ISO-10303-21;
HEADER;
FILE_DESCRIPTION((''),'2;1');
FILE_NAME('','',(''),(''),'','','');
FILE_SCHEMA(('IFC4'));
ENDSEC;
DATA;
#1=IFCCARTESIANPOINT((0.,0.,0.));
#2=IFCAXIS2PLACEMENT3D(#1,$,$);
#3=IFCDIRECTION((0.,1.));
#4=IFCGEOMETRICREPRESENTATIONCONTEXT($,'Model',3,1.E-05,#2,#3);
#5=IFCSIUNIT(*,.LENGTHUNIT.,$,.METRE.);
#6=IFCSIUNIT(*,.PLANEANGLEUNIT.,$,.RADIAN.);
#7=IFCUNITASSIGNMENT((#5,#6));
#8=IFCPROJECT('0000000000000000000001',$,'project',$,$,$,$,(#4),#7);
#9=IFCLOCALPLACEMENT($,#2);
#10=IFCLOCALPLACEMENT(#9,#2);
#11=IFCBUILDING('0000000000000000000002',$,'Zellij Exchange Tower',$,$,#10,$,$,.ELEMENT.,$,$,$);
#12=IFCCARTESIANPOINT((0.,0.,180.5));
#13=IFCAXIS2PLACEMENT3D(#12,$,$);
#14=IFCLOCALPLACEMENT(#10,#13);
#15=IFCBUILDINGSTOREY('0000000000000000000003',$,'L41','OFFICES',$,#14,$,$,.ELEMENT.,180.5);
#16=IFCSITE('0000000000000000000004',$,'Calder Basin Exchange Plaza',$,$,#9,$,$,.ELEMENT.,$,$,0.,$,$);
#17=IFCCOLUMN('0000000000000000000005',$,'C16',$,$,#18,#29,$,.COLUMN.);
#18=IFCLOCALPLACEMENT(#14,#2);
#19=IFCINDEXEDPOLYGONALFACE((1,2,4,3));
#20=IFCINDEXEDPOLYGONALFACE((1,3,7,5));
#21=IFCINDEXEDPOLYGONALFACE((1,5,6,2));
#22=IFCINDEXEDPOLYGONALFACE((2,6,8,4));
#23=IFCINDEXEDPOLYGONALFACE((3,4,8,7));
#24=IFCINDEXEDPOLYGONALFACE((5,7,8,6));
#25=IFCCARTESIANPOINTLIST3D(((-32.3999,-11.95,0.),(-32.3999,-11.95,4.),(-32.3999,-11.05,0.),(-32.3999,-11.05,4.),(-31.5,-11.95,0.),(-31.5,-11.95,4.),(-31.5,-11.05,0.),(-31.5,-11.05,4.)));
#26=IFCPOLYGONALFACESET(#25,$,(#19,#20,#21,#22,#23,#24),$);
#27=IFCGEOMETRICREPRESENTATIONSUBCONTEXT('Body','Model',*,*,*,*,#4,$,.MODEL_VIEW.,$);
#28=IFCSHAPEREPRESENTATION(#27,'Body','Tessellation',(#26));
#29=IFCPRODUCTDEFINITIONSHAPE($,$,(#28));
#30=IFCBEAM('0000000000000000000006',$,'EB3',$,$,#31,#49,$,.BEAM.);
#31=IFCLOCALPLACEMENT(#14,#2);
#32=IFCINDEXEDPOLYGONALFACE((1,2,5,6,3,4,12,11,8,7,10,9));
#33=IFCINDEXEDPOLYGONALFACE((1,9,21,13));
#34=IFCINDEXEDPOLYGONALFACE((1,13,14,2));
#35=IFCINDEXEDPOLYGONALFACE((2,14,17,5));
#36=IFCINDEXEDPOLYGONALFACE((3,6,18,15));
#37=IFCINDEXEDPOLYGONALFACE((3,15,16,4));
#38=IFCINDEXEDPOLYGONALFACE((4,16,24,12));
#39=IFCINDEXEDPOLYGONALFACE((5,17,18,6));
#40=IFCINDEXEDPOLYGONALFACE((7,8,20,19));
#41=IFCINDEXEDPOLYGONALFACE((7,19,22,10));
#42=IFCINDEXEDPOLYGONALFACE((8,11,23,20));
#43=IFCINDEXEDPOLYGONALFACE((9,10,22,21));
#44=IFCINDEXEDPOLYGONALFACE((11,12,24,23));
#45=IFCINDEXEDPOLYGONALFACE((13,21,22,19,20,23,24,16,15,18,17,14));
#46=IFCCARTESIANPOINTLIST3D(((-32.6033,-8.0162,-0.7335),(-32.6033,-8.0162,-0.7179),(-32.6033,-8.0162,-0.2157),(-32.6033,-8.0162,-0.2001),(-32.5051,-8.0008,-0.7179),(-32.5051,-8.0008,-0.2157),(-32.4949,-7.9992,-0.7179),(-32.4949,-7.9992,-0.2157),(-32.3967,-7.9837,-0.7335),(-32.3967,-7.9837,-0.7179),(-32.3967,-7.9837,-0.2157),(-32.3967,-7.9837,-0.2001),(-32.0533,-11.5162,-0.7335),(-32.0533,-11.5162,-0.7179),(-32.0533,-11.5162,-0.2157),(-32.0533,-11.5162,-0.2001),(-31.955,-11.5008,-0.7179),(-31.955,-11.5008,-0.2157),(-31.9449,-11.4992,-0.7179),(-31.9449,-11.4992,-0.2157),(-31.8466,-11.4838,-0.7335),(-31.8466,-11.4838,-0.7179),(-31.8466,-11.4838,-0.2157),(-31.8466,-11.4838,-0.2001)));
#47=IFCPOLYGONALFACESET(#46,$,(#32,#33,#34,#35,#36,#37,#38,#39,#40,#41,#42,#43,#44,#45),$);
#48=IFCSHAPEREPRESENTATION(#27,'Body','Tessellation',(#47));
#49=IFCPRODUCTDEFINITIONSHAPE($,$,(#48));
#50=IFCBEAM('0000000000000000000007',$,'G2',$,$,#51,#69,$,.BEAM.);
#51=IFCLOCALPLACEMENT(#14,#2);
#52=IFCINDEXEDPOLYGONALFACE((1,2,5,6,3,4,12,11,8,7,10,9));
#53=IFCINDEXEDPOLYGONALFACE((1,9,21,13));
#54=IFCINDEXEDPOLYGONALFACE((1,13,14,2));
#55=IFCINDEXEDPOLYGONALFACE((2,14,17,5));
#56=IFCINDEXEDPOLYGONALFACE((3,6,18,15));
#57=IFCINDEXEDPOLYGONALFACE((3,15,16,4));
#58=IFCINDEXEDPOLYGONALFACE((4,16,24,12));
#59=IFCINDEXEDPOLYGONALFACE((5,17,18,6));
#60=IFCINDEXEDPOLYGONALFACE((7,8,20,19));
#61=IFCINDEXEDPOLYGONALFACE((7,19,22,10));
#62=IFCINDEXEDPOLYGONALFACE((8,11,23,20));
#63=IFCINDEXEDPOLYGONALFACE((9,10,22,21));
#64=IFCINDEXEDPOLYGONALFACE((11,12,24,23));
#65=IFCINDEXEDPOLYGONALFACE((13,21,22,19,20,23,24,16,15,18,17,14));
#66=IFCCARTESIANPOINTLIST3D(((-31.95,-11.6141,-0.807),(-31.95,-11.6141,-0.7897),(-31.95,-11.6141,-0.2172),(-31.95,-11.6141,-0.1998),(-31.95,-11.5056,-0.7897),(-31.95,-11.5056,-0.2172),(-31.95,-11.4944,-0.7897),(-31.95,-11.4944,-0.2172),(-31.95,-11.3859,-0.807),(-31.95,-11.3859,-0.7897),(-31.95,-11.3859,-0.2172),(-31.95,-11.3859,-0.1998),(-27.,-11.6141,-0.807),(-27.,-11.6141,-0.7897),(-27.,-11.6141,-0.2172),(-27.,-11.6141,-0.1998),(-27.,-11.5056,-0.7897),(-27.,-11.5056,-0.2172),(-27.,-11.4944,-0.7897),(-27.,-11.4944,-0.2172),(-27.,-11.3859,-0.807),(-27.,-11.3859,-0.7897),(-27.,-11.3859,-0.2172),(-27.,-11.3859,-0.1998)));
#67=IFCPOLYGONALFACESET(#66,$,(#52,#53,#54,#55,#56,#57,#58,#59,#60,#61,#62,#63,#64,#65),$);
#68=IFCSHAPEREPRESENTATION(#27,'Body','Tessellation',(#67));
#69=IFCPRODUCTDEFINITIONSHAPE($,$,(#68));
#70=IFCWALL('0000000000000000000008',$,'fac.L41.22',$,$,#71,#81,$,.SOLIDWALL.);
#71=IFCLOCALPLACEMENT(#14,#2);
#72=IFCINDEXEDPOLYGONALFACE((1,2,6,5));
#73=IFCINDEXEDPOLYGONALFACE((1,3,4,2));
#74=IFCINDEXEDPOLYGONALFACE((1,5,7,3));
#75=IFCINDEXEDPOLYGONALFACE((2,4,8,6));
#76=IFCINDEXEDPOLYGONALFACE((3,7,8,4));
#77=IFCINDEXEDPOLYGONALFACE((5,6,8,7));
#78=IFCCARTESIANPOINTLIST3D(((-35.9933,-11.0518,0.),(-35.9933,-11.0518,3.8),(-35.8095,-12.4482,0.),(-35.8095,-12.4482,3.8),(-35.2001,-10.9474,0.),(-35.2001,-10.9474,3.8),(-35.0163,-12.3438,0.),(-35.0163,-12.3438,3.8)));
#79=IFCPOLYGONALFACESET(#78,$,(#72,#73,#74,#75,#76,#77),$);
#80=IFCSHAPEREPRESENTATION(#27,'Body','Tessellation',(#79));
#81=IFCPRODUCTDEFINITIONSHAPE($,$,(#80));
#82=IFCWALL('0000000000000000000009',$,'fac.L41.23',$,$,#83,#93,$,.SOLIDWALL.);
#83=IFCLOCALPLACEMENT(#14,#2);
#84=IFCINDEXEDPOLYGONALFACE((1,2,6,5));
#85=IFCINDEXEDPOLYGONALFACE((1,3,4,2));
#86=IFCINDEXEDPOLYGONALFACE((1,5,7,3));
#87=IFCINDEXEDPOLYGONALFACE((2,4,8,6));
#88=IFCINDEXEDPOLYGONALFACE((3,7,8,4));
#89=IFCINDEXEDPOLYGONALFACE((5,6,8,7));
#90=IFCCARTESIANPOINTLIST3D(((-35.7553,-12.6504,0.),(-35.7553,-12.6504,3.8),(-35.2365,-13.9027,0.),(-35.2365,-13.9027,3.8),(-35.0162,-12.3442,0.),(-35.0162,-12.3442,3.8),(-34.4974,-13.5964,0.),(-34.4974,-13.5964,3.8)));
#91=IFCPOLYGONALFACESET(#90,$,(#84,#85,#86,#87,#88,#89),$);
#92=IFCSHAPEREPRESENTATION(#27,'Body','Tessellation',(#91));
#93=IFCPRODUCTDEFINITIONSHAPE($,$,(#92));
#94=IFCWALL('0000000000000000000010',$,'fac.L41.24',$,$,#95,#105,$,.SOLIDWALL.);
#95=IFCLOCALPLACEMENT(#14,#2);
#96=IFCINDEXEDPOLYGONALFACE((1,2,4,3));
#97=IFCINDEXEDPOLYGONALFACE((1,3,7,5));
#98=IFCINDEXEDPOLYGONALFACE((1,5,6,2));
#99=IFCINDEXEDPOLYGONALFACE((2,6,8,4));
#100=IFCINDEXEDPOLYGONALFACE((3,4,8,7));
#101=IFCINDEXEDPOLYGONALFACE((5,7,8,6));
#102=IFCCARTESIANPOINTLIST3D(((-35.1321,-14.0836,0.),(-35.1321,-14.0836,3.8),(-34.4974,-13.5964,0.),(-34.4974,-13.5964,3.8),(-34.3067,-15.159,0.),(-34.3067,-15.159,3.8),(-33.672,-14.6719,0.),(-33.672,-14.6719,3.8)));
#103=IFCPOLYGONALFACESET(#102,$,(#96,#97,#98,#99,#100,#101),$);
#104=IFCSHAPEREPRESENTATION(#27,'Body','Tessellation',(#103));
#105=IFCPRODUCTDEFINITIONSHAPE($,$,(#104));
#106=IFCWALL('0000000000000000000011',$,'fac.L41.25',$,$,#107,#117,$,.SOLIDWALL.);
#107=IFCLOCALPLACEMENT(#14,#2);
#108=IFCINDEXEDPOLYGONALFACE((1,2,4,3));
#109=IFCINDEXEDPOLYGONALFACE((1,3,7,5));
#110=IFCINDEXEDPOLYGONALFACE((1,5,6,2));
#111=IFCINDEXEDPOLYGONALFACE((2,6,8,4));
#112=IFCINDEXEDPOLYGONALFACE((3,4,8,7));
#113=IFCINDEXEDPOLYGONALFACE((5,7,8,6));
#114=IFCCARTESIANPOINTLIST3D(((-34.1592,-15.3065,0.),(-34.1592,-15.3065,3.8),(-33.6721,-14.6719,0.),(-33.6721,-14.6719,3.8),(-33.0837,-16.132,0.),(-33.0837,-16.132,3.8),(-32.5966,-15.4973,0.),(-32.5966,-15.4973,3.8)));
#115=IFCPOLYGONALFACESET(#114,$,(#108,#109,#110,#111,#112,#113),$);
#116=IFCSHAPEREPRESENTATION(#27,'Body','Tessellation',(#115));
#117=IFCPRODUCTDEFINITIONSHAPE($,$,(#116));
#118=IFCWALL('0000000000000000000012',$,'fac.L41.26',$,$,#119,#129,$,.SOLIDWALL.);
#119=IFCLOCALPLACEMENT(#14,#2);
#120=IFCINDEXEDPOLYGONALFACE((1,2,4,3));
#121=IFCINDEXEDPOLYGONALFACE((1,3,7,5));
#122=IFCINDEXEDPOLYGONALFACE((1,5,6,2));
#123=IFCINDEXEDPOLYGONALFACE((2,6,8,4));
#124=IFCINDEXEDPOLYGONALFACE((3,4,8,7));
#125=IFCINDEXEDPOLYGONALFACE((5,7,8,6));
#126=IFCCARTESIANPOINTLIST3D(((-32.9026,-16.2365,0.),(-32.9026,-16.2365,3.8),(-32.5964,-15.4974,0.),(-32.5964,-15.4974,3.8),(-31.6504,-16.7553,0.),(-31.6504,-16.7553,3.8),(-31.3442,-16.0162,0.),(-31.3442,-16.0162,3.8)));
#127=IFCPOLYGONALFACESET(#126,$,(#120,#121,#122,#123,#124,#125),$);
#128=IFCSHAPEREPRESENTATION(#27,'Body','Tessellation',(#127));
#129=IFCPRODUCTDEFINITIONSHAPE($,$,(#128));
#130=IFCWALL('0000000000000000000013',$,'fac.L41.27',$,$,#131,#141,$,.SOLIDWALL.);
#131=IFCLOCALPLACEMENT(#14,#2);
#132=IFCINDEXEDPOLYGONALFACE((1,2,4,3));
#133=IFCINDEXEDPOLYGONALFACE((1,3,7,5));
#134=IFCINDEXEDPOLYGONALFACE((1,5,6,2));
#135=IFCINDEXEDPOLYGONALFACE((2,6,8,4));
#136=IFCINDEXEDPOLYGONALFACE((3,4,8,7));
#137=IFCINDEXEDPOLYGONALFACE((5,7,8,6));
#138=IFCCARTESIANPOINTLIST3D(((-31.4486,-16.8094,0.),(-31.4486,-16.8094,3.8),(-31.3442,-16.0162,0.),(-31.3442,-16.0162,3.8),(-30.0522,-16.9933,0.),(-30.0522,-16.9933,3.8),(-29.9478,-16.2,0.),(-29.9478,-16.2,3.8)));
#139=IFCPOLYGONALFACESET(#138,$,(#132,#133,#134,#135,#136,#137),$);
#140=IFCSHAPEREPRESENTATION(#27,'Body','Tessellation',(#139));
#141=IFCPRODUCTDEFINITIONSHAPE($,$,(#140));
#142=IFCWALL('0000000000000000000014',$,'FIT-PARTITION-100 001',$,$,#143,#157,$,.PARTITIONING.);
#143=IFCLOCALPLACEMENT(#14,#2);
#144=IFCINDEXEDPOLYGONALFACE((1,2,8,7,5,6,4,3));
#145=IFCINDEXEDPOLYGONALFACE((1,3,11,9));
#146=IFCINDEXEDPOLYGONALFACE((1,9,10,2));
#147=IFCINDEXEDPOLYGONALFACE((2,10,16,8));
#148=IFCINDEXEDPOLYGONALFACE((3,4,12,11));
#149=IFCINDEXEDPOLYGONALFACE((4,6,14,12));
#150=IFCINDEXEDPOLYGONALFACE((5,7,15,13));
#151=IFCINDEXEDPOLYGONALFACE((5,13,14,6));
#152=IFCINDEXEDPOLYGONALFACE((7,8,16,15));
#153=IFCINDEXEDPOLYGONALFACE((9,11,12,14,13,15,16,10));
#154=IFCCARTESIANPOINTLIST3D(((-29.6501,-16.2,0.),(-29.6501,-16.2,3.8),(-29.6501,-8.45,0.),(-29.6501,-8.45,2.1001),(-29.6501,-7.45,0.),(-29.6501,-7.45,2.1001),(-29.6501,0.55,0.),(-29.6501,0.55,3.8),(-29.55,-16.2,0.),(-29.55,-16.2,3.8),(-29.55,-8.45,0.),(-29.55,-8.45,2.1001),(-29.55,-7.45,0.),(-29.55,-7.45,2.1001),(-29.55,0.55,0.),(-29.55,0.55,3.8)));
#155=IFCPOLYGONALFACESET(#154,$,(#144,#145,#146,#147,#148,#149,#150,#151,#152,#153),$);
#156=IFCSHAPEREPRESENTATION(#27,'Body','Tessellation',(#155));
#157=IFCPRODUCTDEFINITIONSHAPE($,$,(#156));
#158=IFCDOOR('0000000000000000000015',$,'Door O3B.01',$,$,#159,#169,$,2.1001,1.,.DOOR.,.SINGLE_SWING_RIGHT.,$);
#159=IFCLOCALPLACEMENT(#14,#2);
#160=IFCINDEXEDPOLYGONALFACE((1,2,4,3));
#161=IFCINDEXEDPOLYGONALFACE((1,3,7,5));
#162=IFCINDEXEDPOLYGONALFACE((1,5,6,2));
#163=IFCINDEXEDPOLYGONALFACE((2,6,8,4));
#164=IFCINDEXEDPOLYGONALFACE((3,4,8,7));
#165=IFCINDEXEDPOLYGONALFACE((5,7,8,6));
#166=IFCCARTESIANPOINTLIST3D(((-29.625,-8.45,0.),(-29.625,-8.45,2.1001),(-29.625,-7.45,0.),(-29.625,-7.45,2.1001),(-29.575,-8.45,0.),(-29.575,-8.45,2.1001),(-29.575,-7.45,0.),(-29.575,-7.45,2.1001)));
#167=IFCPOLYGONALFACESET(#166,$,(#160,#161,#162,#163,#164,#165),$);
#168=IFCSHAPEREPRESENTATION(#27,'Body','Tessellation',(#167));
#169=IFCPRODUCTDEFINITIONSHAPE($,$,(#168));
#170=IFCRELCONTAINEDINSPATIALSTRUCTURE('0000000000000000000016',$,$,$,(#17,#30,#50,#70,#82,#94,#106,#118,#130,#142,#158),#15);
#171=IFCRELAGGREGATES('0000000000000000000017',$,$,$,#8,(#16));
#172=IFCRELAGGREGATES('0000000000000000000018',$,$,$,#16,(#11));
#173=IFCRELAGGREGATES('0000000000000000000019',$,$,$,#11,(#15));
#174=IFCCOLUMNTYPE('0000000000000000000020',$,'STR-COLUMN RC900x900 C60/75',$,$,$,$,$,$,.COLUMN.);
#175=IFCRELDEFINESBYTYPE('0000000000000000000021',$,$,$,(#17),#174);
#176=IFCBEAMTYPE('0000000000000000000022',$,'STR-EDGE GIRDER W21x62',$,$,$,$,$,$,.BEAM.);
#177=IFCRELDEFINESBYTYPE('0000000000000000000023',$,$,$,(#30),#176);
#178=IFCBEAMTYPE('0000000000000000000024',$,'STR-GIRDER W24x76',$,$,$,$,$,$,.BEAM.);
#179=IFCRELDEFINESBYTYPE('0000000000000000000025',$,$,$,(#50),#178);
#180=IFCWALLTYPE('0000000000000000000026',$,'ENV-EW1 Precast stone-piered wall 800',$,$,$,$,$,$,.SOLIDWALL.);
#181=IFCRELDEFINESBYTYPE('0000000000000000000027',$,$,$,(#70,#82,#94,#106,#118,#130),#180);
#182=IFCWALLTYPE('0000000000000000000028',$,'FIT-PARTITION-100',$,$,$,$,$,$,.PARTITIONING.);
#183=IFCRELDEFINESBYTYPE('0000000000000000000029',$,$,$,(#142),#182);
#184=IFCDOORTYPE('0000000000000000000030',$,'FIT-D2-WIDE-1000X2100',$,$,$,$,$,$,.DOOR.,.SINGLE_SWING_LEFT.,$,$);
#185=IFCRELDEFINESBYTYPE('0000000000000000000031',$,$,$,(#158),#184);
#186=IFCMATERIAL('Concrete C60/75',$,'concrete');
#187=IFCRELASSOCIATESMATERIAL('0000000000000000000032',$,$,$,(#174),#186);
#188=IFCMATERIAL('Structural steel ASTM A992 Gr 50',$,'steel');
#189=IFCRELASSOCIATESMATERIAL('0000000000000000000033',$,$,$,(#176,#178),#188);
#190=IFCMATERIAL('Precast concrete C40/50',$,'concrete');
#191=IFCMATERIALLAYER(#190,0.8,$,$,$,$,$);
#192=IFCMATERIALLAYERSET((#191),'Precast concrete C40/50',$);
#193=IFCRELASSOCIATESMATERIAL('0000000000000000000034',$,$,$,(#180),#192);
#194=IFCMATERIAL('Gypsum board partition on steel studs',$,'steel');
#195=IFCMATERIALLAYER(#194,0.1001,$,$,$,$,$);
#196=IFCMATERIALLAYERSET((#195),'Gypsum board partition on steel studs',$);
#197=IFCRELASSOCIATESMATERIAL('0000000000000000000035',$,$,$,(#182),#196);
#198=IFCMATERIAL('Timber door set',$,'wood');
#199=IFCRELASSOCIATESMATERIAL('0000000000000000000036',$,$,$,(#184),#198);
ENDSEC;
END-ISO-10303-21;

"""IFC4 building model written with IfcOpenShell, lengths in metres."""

from ifc_helpers import new_model, si_unit, direction, frame, frame_2d, origin, origin_2d, place, context, subcontext, project, spatial, rectangle, i_section, extrude, material, layer, layer_set, material_profile, profile_set, type_object, element, fill, save


model = new_model("IFC4")

# Units and contexts
model_context = context("Model", 3, precision=1e-05, world=origin(), true_north=direction((0.0, 1.0)))
body_context = subcontext(model_context, "Body", "Model", "MODEL_VIEW")
ifc_project = project(units=[si_unit("LENGTHUNIT", "METRE"), si_unit("PLANEANGLEUNIT", "RADIAN")], contexts=[model_context])

# Site, building, storey
site_placement = place(None, origin())
site = spatial("IfcSite", under=ifc_project, at=site_placement, Name="Calder Basin Exchange Plaza", CompositionType="ELEMENT", RefElevation=0.0)
building_placement = place(site_placement, origin())
building = spatial("IfcBuilding", under=site, at=building_placement, Name="Zellij Exchange Tower", CompositionType="ELEMENT")
storey_placement = place(building_placement, frame((0.0, 0.0, 180.5)))
storey = spatial("IfcBuildingStorey", under=building, at=storey_placement, Name="L41", Description="OFFICES", CompositionType="ELEMENT", Elevation=180.5)

# Column
ifc_material_1 = material(Name="Concrete C60/75", Category="concrete")
ifc_material_profile_1 = material_profile(ifc_material_1, rectangle(XDim=0.8999, YDim=0.8999, at=origin_2d()), Name="STR-COLUMN RC900x900 C60/75")
ifc_profile_set_1 = profile_set([ifc_material_profile_1], Name="Concrete C60/75")
column_type = type_object("IfcColumnType", Name="STR-COLUMN RC900x900 C60/75", PredefinedType="COLUMN", material=ifc_profile_set_1)
column_placement = place(storey_placement, frame((-31.95, -11.5, 0.0), z_axis=(0.0, 0.0, 1.0), x_axis=(1.0, 0.0, 0.0)))
element("IfcColumn", 1, at=column_placement, inside=storey, type_object=column_type, Name="C16", PredefinedType="COLUMN", context=body_context, shape_type="SweptSolid", body=[
    extrude(rectangle(XDim=0.8999, YDim=0.8999, at=origin_2d()), origin(), (0.0, 0.0, 1.0), 4.0),
])

# Beams
ifc_material_2 = material(Name="Structural steel ASTM A992 Gr 50", Category="steel")
ifc_material_profile_2 = material_profile(ifc_material_2, i_section(OverallWidth=0.2092, OverallDepth=0.5334, WebThickness=0.0103, FlangeThickness=0.0156, at=origin_2d()), Name="W21x62")
ifc_profile_set_2 = profile_set([ifc_material_profile_2], Name="Structural steel ASTM A992 Gr 50")
beam_type_1 = type_object("IfcBeamType", Name="STR-EDGE GIRDER W21x62", PredefinedType="BEAM", material=ifc_profile_set_2)
beam_1_placement = place(storey_placement, frame((-31.95, -11.5, -0.4668), z_axis=(-0.155251, 0.987875, 0.0), x_axis=(-0.987875, -0.155251, 0.0)))
element("IfcBeam", 2, at=beam_1_placement, inside=storey, type_object=beam_type_1, Name="EB3", PredefinedType="BEAM", context=body_context, shape_type="SweptSolid", body=[
    extrude(i_section(OverallWidth=0.2092, OverallDepth=0.5334, WebThickness=0.0103, FlangeThickness=0.0156, at=origin_2d()), origin(), (0.0, 0.0, 1.0), 3.543),
])
ifc_material_profile_3 = material_profile(ifc_material_2, i_section(OverallWidth=0.2283, OverallDepth=0.6072, WebThickness=0.0112, FlangeThickness=0.0173, at=origin_2d()), Name="W24x76")
ifc_profile_set_3 = profile_set([ifc_material_profile_3], Name="Structural steel ASTM A992 Gr 50")
beam_type_2 = type_object("IfcBeamType", Name="STR-GIRDER W24x76", PredefinedType="BEAM", material=ifc_profile_set_3)
beam_2_placement = place(storey_placement, frame((-31.95, -11.5, -0.5034), z_axis=(1.0, 0.0, 0.0), x_axis=(0.0, 1.0, 0.0)))
element("IfcBeam", 3, at=beam_2_placement, inside=storey, type_object=beam_type_2, Name="G2", PredefinedType="BEAM", context=body_context, shape_type="SweptSolid", body=[
    extrude(i_section(OverallWidth=0.2283, OverallDepth=0.6072, WebThickness=0.0112, FlangeThickness=0.0173, at=origin_2d()), origin(), (0.0, 0.0, 1.0), 4.95),
])

# Shared definitions
ifc_material_3 = material(Name="Precast concrete C40/50", Category="concrete")
ifc_layer_1 = layer(ifc_material_3, 0.8)
ifc_layer_set_1 = layer_set([ifc_layer_1], Name="Precast concrete C40/50")
wall_type_1 = type_object("IfcWallType", Name="ENV-EW1 Precast stone-piered wall 800", PredefinedType="SOLIDWALL", material=ifc_layer_set_1)

# Walls
wall_1_placement = place(storey_placement, frame((-35.5967, -10.9998, 0.0), z_axis=(0.0, 0.0, 1.0), x_axis=(0.130517, -0.991446, 0.0)))
element("IfcWall", 4, at=wall_1_placement, inside=storey, type_object=wall_type_1, Name="fac.L41.22", PredefinedType="SOLIDWALL", context=body_context, shape_type="SweptSolid", body=[
    extrude(rectangle(XDim=1.4084, YDim=0.8, at=frame_2d((0.7041, 0.0))), origin(), (0.0, 0.0, 1.0), 3.8),
])
wall_2_placement = place(storey_placement, frame((-35.3857, -12.4973, 0.0), z_axis=(0.0, 0.0, 1.0), x_axis=(0.38276, -0.923848, 0.0)))
element("IfcWall", 5, at=wall_2_placement, inside=storey, type_object=wall_type_1, Name="fac.L41.23", PredefinedType="SOLIDWALL", context=body_context, shape_type="SweptSolid", body=[
    extrude(rectangle(XDim=1.3555, YDim=0.8, at=frame_2d((0.6777, 0.0))), origin(), (0.0, 0.0, 1.0), 3.8),
])
for number, where, z_axis, x_axis, name in (
    (6, (-34.8147, -13.8401, 0.0), (0.0, 0.0, 1.0), (0.608866, -0.793273, 0.0), "fac.L41.24"),
    (7, (-33.9155, -14.9893, 0.0), (0.0, 0.0, 1.0), (0.793273, -0.608866, 0.0), "fac.L41.25"),
):
    element("IfcWall", number, at=place(storey_placement, frame(where, z_axis=z_axis, x_axis=x_axis)), inside=storey, type_object=wall_type_1, Name=name, PredefinedType="SOLIDWALL", context=body_context, shape_type="SweptSolid", body=[
        extrude(rectangle(XDim=1.3557, YDim=0.8, at=frame_2d((0.6777, 0.0))), origin(), (0.0, 0.0, 1.0), 3.8),
    ])
wall_3_placement = place(storey_placement, frame((-32.7495, -15.8669, 0.0), z_axis=(0.0, 0.0, 1.0), x_axis=(0.923848, -0.38276, 0.0)))
element("IfcWall", 8, at=wall_3_placement, inside=storey, type_object=wall_type_1, Name="fac.L41.26", PredefinedType="SOLIDWALL", context=body_context, shape_type="SweptSolid", body=[
    extrude(rectangle(XDim=1.3555, YDim=0.8, at=frame_2d((0.6777, 0.0))), origin(), (0.0, 0.0, 1.0), 3.8),
])
wall_4_placement = place(storey_placement, frame((-31.3962, -16.4128, 0.0), z_axis=(0.0, 0.0, 1.0), x_axis=(0.991446, -0.130517, 0.0)))
element("IfcWall", 9, at=wall_4_placement, inside=storey, type_object=wall_type_1, Name="fac.L41.27", PredefinedType="SOLIDWALL", context=body_context, shape_type="SweptSolid", body=[
    extrude(rectangle(XDim=1.4084, YDim=0.8, at=frame_2d((0.7041, 0.0))), origin(), (0.0, 0.0, 1.0), 3.8),
])

# Wall, opening, door
ifc_material_4 = material(Name="Gypsum board partition on steel studs", Category="steel")
ifc_layer_2 = layer(ifc_material_4, 0.1001)
ifc_layer_set_2 = layer_set([ifc_layer_2], Name="Gypsum board partition on steel studs")
wall_type_2 = type_object("IfcWallType", Name="FIT-PARTITION-100", PredefinedType="PARTITIONING", material=ifc_layer_set_2)
wall_5_placement = place(storey_placement, frame((-29.6001, -16.2, 0.0), z_axis=(0.0, 0.0, 1.0), x_axis=(0.0, 1.0, 0.0)))
wall_5 = element("IfcWall", 10, at=wall_5_placement, inside=storey, type_object=wall_type_2, Name="FIT-PARTITION-100 001", PredefinedType="PARTITIONING", context=body_context, shape_type="SweptSolid", body=[
    extrude(rectangle(XDim=16.75, YDim=0.1001, at=frame_2d((8.375, 0.0))), origin(), (0.0, 0.0, 1.0), 3.8),
])
opening_1_placement = place(wall_5_placement, frame((7.75, 0.0, 0.0)))
opening_1 = element("IfcOpeningElement", 11, at=opening_1_placement, cuts=wall_5, PredefinedType="OPENING", context=body_context, shape_type="SweptSolid", body=[
    extrude(rectangle(XDim=1.0, YDim=2.1001, at=frame_2d((0.5, 1.05))), frame((0.0, 0.062, 0.0), z_axis=(0.0, -1.0, 0.0), x_axis=(1.0, 0.0, 0.0)), (0.0, 0.0, 1.0), 0.124),
])
ifc_material_5 = material(Name="Timber door set", Category="wood")
door_type = type_object("IfcDoorType", Name="FIT-D2-WIDE-1000X2100", OperationType="SINGLE_SWING_LEFT", PredefinedType="DOOR", material=ifc_material_5)
door_placement = place(opening_1_placement, origin())
door = element("IfcDoor", 12, at=door_placement, inside=storey, type_object=door_type, Name="Door O3B.01", OperationType="SINGLE_SWING_RIGHT", OverallHeight=2.1001, OverallWidth=1.0, PredefinedType="DOOR", context=body_context, shape_type="SweptSolid", body=[
    extrude(rectangle(XDim=1.0, YDim=2.1001, at=frame_2d((0.5, 1.05))), frame((0.0, 0.0249, 0.0), z_axis=(0.0, -1.0, 0.0), x_axis=(1.0, 0.0, 0.0)), (0.0, 0.0, 1.0), 0.05),
])
fill(opening_1, door)

save(model, "model.ifc")
